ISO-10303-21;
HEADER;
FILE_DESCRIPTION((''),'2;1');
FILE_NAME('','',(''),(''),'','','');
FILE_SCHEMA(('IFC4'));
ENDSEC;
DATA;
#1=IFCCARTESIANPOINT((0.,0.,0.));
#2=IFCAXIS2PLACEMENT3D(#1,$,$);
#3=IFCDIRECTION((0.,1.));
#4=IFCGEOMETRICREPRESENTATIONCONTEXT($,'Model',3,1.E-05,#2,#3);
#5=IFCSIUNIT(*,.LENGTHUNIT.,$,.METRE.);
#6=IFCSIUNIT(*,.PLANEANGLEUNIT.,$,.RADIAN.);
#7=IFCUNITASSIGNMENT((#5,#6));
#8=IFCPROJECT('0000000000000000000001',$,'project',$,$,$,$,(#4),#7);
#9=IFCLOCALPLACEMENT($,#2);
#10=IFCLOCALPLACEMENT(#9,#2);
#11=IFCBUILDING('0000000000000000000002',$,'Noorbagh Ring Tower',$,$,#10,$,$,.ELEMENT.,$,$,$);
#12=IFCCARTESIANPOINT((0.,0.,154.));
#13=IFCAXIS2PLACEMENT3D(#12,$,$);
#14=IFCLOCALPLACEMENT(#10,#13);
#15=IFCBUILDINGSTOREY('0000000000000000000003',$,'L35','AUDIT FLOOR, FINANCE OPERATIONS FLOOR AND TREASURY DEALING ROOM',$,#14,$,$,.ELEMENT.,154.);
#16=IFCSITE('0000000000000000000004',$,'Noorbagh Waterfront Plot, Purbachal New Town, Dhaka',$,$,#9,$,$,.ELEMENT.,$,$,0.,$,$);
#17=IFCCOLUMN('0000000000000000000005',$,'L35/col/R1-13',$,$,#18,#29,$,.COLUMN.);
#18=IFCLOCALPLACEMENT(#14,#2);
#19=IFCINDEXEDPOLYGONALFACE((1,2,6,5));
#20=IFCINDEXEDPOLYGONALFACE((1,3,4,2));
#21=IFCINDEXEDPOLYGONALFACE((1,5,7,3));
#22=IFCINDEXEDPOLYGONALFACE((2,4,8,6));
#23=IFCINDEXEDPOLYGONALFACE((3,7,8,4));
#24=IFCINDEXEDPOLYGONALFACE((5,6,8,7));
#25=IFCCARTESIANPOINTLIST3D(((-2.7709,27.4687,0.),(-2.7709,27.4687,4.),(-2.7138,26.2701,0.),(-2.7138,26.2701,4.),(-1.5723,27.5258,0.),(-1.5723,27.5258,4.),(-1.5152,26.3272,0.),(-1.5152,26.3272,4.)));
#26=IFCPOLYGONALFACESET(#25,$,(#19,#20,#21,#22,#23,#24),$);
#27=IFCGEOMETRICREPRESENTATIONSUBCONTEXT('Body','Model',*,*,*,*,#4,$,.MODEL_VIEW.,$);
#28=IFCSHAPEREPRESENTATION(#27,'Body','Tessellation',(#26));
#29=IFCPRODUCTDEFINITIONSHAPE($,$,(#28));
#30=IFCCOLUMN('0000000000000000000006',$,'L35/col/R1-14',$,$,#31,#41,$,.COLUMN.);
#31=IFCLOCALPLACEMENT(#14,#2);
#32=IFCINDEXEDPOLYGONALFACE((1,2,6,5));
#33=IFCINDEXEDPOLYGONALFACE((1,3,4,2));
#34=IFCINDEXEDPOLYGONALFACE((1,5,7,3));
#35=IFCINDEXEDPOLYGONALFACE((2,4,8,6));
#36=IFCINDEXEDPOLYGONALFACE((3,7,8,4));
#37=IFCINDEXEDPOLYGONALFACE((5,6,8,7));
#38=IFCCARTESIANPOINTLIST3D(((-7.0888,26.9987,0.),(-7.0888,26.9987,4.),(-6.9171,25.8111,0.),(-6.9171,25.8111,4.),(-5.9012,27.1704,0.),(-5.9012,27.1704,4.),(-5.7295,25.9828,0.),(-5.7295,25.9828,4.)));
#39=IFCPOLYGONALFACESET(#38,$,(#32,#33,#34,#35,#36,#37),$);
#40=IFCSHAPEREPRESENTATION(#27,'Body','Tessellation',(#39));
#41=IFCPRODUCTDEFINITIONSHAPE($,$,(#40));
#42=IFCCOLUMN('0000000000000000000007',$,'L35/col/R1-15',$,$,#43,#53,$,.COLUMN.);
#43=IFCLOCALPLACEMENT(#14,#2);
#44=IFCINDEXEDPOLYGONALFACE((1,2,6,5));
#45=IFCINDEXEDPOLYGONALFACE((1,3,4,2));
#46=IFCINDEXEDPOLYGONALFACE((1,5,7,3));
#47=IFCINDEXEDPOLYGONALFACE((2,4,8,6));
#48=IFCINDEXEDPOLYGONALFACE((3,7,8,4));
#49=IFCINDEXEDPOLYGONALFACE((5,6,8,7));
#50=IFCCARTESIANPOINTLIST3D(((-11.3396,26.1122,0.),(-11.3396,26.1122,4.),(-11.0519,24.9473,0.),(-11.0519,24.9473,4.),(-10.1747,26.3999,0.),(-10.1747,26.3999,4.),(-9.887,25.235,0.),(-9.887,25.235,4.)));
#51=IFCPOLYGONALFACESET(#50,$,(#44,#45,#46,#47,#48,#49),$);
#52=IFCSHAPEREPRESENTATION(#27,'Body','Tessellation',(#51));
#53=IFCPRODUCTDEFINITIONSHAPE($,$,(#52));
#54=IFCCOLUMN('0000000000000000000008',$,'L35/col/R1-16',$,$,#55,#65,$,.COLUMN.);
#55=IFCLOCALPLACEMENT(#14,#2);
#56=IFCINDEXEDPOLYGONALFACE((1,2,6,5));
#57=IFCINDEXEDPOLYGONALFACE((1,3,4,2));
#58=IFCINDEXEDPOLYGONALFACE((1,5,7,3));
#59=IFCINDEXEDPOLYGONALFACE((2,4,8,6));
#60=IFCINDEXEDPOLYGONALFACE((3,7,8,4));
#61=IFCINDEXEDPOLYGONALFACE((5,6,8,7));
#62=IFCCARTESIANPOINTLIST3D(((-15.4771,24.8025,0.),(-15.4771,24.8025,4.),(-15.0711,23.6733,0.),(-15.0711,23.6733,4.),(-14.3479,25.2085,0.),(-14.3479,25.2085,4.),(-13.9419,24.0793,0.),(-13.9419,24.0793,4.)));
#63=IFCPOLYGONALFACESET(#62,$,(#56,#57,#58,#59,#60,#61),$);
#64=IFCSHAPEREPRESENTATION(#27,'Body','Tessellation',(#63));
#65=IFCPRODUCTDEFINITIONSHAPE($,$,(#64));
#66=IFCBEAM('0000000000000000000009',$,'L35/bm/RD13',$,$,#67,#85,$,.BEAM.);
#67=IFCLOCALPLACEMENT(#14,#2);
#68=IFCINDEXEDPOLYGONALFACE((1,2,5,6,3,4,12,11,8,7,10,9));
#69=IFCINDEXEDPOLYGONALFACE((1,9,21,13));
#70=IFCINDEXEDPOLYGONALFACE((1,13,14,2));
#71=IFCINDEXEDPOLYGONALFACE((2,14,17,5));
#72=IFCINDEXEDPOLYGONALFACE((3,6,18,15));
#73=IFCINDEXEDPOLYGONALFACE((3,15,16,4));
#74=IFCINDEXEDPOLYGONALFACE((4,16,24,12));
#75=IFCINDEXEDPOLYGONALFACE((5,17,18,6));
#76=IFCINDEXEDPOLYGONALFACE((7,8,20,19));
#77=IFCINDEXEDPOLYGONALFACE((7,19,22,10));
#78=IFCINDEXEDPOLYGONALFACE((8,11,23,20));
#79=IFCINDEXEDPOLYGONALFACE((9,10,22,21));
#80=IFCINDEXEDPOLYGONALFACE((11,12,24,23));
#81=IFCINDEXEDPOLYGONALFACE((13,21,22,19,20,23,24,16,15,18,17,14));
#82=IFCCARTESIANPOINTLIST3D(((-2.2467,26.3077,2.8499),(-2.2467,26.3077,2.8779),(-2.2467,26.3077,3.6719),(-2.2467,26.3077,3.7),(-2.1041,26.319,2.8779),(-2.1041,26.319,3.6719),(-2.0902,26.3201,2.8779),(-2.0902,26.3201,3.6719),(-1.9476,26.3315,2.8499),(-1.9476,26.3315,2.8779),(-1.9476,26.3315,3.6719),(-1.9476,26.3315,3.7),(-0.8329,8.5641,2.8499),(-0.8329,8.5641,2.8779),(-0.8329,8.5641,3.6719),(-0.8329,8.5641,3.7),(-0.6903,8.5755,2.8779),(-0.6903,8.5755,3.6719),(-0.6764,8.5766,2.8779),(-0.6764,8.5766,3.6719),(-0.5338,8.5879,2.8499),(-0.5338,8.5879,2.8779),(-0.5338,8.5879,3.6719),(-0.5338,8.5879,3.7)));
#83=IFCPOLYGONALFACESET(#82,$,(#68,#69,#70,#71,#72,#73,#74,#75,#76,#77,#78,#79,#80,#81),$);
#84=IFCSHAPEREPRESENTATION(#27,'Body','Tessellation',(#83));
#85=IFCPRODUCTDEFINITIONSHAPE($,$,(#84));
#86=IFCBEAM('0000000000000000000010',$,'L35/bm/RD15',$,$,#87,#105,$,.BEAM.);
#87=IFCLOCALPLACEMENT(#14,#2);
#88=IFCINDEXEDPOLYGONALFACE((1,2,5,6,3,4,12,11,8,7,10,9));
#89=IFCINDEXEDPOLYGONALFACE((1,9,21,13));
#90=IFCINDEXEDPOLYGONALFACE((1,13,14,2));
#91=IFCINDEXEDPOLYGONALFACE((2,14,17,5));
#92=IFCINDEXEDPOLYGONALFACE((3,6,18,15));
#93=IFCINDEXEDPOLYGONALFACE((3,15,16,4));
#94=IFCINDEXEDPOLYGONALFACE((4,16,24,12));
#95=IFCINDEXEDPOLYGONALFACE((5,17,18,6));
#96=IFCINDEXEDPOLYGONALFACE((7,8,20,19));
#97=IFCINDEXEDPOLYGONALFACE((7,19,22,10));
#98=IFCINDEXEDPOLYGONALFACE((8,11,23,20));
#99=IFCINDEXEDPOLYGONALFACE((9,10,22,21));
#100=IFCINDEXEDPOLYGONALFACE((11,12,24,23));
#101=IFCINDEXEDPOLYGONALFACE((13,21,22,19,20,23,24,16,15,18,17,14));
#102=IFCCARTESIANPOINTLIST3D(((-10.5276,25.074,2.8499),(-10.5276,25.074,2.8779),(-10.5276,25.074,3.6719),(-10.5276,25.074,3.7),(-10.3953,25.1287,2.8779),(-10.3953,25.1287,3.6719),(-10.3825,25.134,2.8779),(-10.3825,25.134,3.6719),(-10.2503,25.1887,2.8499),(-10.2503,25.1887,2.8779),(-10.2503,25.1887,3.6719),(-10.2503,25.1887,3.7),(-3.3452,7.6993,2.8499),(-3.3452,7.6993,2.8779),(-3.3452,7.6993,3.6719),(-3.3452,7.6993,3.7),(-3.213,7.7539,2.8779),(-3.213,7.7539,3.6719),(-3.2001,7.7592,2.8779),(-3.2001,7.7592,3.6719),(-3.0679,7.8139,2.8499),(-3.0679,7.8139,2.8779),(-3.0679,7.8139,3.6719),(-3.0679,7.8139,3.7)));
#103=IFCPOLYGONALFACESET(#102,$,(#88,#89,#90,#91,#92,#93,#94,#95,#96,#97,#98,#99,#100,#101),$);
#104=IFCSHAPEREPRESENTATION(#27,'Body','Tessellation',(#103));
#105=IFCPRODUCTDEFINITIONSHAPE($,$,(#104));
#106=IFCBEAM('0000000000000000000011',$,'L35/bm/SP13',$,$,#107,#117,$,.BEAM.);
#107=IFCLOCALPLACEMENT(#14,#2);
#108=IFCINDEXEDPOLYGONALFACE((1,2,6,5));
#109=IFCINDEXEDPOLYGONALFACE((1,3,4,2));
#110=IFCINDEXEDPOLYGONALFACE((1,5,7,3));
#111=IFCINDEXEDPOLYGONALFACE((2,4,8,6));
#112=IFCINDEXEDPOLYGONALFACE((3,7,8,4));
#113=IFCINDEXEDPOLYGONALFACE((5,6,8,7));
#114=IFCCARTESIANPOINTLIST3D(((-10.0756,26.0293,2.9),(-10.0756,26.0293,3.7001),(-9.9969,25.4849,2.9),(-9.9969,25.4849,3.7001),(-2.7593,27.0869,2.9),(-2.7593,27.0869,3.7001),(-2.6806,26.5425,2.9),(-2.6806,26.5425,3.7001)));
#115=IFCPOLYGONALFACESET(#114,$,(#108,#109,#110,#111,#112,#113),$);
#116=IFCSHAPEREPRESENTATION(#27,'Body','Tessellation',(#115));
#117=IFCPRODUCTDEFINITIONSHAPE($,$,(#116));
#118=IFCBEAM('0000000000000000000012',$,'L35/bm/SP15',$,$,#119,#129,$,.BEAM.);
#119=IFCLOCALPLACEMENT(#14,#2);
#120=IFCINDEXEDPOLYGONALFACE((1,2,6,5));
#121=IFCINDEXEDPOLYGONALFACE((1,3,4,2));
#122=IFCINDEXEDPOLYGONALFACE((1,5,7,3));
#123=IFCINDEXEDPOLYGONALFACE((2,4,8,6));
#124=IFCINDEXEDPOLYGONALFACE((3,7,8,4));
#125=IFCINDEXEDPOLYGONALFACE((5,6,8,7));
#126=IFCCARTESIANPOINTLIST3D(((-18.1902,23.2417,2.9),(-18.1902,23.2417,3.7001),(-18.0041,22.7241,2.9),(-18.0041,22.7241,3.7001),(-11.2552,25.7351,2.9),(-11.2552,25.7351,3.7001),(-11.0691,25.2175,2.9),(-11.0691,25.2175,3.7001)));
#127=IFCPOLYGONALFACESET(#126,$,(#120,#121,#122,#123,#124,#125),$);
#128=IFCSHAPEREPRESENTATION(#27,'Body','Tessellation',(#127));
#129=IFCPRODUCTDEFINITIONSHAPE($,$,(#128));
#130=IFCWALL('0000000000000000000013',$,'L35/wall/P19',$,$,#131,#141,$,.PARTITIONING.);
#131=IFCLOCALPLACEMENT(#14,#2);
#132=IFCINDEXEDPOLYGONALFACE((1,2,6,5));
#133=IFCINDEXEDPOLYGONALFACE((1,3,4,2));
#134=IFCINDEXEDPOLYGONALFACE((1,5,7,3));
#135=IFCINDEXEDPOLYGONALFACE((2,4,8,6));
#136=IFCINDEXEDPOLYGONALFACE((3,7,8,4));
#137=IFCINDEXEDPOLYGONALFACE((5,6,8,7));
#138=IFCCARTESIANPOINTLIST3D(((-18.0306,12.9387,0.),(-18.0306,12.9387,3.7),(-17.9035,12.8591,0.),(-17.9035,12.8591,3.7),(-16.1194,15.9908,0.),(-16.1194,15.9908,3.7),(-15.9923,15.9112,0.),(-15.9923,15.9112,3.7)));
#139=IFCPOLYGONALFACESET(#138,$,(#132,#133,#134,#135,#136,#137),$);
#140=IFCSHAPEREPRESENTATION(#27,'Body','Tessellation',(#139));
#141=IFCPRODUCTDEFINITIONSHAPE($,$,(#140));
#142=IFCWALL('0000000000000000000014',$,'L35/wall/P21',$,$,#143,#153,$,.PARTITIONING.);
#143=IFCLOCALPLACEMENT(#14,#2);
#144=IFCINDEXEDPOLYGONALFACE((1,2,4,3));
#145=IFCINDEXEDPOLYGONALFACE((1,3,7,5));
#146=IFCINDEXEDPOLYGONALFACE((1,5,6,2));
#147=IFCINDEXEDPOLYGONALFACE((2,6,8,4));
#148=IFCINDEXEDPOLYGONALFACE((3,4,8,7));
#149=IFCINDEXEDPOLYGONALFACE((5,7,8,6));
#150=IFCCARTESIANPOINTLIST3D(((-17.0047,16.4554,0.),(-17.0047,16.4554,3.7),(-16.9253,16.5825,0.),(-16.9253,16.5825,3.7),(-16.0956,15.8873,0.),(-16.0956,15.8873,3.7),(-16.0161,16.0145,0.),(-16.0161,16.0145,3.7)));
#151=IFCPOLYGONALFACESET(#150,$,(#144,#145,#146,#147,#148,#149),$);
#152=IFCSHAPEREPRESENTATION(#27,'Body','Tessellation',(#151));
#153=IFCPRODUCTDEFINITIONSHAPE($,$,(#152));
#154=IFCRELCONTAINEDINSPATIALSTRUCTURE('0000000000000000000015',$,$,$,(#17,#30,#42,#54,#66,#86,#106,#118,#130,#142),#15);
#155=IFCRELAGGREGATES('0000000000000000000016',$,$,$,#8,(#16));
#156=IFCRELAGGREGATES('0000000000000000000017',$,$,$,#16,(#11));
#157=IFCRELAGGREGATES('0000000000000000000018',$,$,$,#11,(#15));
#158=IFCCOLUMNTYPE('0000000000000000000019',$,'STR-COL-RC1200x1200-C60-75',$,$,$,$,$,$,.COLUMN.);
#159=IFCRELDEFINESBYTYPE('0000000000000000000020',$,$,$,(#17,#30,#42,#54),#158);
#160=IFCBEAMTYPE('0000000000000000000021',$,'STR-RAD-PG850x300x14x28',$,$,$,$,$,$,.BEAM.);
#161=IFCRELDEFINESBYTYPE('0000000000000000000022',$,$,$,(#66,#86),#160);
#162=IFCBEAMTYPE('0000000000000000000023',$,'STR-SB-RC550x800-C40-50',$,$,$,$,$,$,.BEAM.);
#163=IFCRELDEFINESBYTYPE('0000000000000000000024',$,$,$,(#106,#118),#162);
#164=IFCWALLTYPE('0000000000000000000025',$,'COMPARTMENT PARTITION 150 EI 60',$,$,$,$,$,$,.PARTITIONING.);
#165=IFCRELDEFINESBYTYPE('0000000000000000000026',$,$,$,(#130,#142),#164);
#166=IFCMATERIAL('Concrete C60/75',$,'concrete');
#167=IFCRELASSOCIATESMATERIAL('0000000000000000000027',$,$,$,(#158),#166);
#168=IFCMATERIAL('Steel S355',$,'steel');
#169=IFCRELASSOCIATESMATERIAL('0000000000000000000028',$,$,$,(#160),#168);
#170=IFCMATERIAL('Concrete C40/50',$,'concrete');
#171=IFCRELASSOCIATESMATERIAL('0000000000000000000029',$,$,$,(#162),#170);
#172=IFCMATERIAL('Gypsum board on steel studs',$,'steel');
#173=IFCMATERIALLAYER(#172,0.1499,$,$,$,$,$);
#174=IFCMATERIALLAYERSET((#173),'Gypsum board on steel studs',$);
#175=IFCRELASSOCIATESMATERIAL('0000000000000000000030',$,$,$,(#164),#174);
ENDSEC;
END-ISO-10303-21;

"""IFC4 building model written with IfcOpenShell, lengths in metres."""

from ifc_helpers import new_model, si_unit, direction, frame, frame_2d, origin, origin_2d, place, context, subcontext, project, spatial, rectangle, i_section, extrude, material, layer, layer_set, material_profile, profile_set, type_object, element, save


model = new_model("IFC4")

# Units and contexts
model_context = context("Model", 3, precision=1e-05, world=origin(), true_north=direction((0.0, 1.0)))
body_context = subcontext(model_context, "Body", "Model", "MODEL_VIEW")
ifc_project = project(units=[si_unit("LENGTHUNIT", "METRE"), si_unit("PLANEANGLEUNIT", "RADIAN")], contexts=[model_context])

# Site, building, storey
site_placement = place(None, origin())
site = spatial("IfcSite", under=ifc_project, at=site_placement, Name="Noorbagh Waterfront Plot, Purbachal New Town, Dhaka", CompositionType="ELEMENT", RefElevation=0.0)
building_placement = place(site_placement, origin())
building = spatial("IfcBuilding", under=site, at=building_placement, Name="Noorbagh Ring Tower", CompositionType="ELEMENT")
storey_placement = place(building_placement, frame((0.0, 0.0, 154.0)))
storey = spatial("IfcBuildingStorey", under=building, at=storey_placement, Name="L35", Description="AUDIT FLOOR, FINANCE OPERATIONS FLOOR AND TREASURY DEALING ROOM", CompositionType="ELEMENT", Elevation=154.0)

# Columns
ifc_material_1 = material(Name="Concrete C60/75", Category="concrete")
ifc_material_profile_1 = material_profile(ifc_material_1, rectangle(XDim=1.2, YDim=1.2, at=origin_2d()), Name="RC1200x1200")
ifc_profile_set_1 = profile_set([ifc_material_profile_1], Name="Concrete C60/75")
column_type = type_object("IfcColumnType", Name="STR-COL-RC1200x1200-C60-75", PredefinedType="COLUMN", material=ifc_profile_set_1)
for number, where, z_axis, x_axis, name in (
    (1, (-2.1431, 26.8979, 0.0), (0.0, 0.0, 1.0), (-0.998869, -0.047553, 0.0), "L35/col/R1-13"),
    (2, (-6.4092, 26.4907, 0.0), (0.0, 0.0, 1.0), (-0.989713, -0.143066, 0.0), "L35/col/R1-14"),
    (3, (-10.6133, 25.6736, 0.0), (0.0, 0.0, 1.0), (-0.970829, -0.239771, 0.0), "L35/col/R1-15"),
    (4, (-14.7095, 24.4409, 0.0), (0.0, 0.0, 1.0), (-0.941025, -0.338338, 0.0), "L35/col/R1-16"),
):
    element("IfcColumn", number, at=place(storey_placement, frame(where, z_axis=z_axis, x_axis=x_axis)), inside=storey, type_object=column_type, Name=name, PredefinedType="COLUMN", context=body_context, shape_type="SweptSolid", body=[
        extrude(rectangle(XDim=1.2, YDim=1.2, at=origin_2d()), origin(), (0.0, 0.0, 1.0), 4.0),
    ])

# Beams
ifc_material_2 = material(Name="Steel S355", Category="steel")
ifc_material_profile_2 = material_profile(ifc_material_2, i_section(OverallWidth=0.3, OverallDepth=0.8501, WebThickness=0.0139, FlangeThickness=0.0281, at=origin_2d()), Name="PG850x300x14x28")
ifc_profile_set_2 = profile_set([ifc_material_profile_2], Name="Steel S355")
beam_type_1 = type_object("IfcBeamType", Name="STR-RAD-PG850x300x14x28", PredefinedType="BEAM", material=ifc_profile_set_2)
beam_1_placement = place(storey_placement, frame((-2.0972, 26.3196, 3.2749), z_axis=(0.079428, -0.996841, 0.0), x_axis=(0.996841, 0.079428, 0.0)))
element("IfcBeam", 5, at=beam_1_placement, inside=storey, type_object=beam_type_1, Name="L35/bm/RD13", PredefinedType="BEAM", context=body_context, shape_type="SweptSolid", body=[
    extrude(i_section(OverallWidth=0.3, OverallDepth=0.8501, WebThickness=0.0139, FlangeThickness=0.0281, at=origin_2d()), origin(), (0.0, 0.0, 1.0), 17.7998),
])
beam_2_placement = place(storey_placement, frame((-10.3889, 25.1313, 3.2749), z_axis=(0.382026, -0.924152, 0.0), x_axis=(0.924152, 0.382026, 0.0)))
element("IfcBeam", 6, at=beam_2_placement, inside=storey, type_object=beam_type_1, Name="L35/bm/RD15", PredefinedType="BEAM", context=body_context, shape_type="SweptSolid", body=[
    extrude(i_section(OverallWidth=0.3, OverallDepth=0.8501, WebThickness=0.0139, FlangeThickness=0.0281, at=origin_2d()), origin(), (0.0, 0.0, 1.0), 18.8008),
])
ifc_material_3 = material(Name="Concrete C40/50", Category="concrete")
ifc_material_profile_3 = material_profile(ifc_material_3, rectangle(XDim=0.55, YDim=0.8, at=origin_2d()), Name="RC550x800")
ifc_profile_set_3 = profile_set([ifc_material_profile_3], Name="Concrete C40/50")
beam_type_2 = type_object("IfcBeamType", Name="STR-SB-RC550x800-C40-50", PredefinedType="BEAM", material=ifc_profile_set_3)
beam_3_placement = place(storey_placement, frame((-2.72, 26.8147, 3.3), z_axis=(-0.989713, -0.143067, 0.0), x_axis=(0.143067, -0.989713, 0.0)))
element("IfcBeam", 7, at=beam_3_placement, inside=storey, type_object=beam_type_2, Name="L35/bm/SP13", PredefinedType="BEAM", context=body_context, shape_type="SweptSolid", body=[
    extrude(rectangle(XDim=0.55, YDim=0.8, at=origin_2d()), origin(), (0.0, 0.0, 1.0), 7.3923),
])
beam_4_placement = place(storey_placement, frame((-11.1621, 25.4763, 3.3), z_axis=(-0.941026, -0.338333, 0.0), x_axis=(0.338333, -0.941026, 0.0)))
element("IfcBeam", 8, at=beam_4_placement, inside=storey, type_object=beam_type_2, Name="L35/bm/SP15", PredefinedType="BEAM", context=body_context, shape_type="SweptSolid", body=[
    extrude(rectangle(XDim=0.55, YDim=0.8, at=origin_2d()), origin(), (0.0, 0.0, 1.0), 7.3696),
])

# Walls
ifc_material_4 = material(Name="Gypsum board on steel studs", Category="steel")
ifc_layer_1 = layer(ifc_material_4, 0.1499)
ifc_layer_set_1 = layer_set([ifc_layer_1], Name="Gypsum board on steel studs")
wall_type_1 = type_object("IfcWallType", Name="COMPARTMENT PARTITION 150 EI 60", PredefinedType="PARTITIONING", material=ifc_layer_set_1)
wall_1_placement = place(storey_placement, frame((-17.967, 12.8989, 0.0), z_axis=(0.0, 0.0, 1.0), x_axis=(0.530724, 0.847545, 0.0)))
element("IfcWall", 9, at=wall_1_placement, inside=storey, type_object=wall_type_1, Name="L35/wall/P19", PredefinedType="PARTITIONING", context=body_context, shape_type="SweptSolid", body=[
    extrude(rectangle(XDim=3.6011, YDim=0.1499, at=frame_2d((1.8005, 0.0))), origin(), (0.0, 0.0, 1.0), 3.7),
])
wall_2_placement = place(storey_placement, frame((-16.9651, 16.519, 0.0), z_axis=(0.0, 0.0, 1.0), x_axis=(0.848049, -0.529917, 0.0)))
element("IfcWall", 10, at=wall_2_placement, inside=storey, type_object=wall_type_1, Name="L35/wall/P21", PredefinedType="PARTITIONING", context=body_context, shape_type="SweptSolid", body=[
    extrude(rectangle(XDim=1.072, YDim=0.1499, at=frame_2d((0.5361, 0.0))), origin(), (0.0, 0.0, 1.0), 3.7),
])

save(model, "model.ifc")
